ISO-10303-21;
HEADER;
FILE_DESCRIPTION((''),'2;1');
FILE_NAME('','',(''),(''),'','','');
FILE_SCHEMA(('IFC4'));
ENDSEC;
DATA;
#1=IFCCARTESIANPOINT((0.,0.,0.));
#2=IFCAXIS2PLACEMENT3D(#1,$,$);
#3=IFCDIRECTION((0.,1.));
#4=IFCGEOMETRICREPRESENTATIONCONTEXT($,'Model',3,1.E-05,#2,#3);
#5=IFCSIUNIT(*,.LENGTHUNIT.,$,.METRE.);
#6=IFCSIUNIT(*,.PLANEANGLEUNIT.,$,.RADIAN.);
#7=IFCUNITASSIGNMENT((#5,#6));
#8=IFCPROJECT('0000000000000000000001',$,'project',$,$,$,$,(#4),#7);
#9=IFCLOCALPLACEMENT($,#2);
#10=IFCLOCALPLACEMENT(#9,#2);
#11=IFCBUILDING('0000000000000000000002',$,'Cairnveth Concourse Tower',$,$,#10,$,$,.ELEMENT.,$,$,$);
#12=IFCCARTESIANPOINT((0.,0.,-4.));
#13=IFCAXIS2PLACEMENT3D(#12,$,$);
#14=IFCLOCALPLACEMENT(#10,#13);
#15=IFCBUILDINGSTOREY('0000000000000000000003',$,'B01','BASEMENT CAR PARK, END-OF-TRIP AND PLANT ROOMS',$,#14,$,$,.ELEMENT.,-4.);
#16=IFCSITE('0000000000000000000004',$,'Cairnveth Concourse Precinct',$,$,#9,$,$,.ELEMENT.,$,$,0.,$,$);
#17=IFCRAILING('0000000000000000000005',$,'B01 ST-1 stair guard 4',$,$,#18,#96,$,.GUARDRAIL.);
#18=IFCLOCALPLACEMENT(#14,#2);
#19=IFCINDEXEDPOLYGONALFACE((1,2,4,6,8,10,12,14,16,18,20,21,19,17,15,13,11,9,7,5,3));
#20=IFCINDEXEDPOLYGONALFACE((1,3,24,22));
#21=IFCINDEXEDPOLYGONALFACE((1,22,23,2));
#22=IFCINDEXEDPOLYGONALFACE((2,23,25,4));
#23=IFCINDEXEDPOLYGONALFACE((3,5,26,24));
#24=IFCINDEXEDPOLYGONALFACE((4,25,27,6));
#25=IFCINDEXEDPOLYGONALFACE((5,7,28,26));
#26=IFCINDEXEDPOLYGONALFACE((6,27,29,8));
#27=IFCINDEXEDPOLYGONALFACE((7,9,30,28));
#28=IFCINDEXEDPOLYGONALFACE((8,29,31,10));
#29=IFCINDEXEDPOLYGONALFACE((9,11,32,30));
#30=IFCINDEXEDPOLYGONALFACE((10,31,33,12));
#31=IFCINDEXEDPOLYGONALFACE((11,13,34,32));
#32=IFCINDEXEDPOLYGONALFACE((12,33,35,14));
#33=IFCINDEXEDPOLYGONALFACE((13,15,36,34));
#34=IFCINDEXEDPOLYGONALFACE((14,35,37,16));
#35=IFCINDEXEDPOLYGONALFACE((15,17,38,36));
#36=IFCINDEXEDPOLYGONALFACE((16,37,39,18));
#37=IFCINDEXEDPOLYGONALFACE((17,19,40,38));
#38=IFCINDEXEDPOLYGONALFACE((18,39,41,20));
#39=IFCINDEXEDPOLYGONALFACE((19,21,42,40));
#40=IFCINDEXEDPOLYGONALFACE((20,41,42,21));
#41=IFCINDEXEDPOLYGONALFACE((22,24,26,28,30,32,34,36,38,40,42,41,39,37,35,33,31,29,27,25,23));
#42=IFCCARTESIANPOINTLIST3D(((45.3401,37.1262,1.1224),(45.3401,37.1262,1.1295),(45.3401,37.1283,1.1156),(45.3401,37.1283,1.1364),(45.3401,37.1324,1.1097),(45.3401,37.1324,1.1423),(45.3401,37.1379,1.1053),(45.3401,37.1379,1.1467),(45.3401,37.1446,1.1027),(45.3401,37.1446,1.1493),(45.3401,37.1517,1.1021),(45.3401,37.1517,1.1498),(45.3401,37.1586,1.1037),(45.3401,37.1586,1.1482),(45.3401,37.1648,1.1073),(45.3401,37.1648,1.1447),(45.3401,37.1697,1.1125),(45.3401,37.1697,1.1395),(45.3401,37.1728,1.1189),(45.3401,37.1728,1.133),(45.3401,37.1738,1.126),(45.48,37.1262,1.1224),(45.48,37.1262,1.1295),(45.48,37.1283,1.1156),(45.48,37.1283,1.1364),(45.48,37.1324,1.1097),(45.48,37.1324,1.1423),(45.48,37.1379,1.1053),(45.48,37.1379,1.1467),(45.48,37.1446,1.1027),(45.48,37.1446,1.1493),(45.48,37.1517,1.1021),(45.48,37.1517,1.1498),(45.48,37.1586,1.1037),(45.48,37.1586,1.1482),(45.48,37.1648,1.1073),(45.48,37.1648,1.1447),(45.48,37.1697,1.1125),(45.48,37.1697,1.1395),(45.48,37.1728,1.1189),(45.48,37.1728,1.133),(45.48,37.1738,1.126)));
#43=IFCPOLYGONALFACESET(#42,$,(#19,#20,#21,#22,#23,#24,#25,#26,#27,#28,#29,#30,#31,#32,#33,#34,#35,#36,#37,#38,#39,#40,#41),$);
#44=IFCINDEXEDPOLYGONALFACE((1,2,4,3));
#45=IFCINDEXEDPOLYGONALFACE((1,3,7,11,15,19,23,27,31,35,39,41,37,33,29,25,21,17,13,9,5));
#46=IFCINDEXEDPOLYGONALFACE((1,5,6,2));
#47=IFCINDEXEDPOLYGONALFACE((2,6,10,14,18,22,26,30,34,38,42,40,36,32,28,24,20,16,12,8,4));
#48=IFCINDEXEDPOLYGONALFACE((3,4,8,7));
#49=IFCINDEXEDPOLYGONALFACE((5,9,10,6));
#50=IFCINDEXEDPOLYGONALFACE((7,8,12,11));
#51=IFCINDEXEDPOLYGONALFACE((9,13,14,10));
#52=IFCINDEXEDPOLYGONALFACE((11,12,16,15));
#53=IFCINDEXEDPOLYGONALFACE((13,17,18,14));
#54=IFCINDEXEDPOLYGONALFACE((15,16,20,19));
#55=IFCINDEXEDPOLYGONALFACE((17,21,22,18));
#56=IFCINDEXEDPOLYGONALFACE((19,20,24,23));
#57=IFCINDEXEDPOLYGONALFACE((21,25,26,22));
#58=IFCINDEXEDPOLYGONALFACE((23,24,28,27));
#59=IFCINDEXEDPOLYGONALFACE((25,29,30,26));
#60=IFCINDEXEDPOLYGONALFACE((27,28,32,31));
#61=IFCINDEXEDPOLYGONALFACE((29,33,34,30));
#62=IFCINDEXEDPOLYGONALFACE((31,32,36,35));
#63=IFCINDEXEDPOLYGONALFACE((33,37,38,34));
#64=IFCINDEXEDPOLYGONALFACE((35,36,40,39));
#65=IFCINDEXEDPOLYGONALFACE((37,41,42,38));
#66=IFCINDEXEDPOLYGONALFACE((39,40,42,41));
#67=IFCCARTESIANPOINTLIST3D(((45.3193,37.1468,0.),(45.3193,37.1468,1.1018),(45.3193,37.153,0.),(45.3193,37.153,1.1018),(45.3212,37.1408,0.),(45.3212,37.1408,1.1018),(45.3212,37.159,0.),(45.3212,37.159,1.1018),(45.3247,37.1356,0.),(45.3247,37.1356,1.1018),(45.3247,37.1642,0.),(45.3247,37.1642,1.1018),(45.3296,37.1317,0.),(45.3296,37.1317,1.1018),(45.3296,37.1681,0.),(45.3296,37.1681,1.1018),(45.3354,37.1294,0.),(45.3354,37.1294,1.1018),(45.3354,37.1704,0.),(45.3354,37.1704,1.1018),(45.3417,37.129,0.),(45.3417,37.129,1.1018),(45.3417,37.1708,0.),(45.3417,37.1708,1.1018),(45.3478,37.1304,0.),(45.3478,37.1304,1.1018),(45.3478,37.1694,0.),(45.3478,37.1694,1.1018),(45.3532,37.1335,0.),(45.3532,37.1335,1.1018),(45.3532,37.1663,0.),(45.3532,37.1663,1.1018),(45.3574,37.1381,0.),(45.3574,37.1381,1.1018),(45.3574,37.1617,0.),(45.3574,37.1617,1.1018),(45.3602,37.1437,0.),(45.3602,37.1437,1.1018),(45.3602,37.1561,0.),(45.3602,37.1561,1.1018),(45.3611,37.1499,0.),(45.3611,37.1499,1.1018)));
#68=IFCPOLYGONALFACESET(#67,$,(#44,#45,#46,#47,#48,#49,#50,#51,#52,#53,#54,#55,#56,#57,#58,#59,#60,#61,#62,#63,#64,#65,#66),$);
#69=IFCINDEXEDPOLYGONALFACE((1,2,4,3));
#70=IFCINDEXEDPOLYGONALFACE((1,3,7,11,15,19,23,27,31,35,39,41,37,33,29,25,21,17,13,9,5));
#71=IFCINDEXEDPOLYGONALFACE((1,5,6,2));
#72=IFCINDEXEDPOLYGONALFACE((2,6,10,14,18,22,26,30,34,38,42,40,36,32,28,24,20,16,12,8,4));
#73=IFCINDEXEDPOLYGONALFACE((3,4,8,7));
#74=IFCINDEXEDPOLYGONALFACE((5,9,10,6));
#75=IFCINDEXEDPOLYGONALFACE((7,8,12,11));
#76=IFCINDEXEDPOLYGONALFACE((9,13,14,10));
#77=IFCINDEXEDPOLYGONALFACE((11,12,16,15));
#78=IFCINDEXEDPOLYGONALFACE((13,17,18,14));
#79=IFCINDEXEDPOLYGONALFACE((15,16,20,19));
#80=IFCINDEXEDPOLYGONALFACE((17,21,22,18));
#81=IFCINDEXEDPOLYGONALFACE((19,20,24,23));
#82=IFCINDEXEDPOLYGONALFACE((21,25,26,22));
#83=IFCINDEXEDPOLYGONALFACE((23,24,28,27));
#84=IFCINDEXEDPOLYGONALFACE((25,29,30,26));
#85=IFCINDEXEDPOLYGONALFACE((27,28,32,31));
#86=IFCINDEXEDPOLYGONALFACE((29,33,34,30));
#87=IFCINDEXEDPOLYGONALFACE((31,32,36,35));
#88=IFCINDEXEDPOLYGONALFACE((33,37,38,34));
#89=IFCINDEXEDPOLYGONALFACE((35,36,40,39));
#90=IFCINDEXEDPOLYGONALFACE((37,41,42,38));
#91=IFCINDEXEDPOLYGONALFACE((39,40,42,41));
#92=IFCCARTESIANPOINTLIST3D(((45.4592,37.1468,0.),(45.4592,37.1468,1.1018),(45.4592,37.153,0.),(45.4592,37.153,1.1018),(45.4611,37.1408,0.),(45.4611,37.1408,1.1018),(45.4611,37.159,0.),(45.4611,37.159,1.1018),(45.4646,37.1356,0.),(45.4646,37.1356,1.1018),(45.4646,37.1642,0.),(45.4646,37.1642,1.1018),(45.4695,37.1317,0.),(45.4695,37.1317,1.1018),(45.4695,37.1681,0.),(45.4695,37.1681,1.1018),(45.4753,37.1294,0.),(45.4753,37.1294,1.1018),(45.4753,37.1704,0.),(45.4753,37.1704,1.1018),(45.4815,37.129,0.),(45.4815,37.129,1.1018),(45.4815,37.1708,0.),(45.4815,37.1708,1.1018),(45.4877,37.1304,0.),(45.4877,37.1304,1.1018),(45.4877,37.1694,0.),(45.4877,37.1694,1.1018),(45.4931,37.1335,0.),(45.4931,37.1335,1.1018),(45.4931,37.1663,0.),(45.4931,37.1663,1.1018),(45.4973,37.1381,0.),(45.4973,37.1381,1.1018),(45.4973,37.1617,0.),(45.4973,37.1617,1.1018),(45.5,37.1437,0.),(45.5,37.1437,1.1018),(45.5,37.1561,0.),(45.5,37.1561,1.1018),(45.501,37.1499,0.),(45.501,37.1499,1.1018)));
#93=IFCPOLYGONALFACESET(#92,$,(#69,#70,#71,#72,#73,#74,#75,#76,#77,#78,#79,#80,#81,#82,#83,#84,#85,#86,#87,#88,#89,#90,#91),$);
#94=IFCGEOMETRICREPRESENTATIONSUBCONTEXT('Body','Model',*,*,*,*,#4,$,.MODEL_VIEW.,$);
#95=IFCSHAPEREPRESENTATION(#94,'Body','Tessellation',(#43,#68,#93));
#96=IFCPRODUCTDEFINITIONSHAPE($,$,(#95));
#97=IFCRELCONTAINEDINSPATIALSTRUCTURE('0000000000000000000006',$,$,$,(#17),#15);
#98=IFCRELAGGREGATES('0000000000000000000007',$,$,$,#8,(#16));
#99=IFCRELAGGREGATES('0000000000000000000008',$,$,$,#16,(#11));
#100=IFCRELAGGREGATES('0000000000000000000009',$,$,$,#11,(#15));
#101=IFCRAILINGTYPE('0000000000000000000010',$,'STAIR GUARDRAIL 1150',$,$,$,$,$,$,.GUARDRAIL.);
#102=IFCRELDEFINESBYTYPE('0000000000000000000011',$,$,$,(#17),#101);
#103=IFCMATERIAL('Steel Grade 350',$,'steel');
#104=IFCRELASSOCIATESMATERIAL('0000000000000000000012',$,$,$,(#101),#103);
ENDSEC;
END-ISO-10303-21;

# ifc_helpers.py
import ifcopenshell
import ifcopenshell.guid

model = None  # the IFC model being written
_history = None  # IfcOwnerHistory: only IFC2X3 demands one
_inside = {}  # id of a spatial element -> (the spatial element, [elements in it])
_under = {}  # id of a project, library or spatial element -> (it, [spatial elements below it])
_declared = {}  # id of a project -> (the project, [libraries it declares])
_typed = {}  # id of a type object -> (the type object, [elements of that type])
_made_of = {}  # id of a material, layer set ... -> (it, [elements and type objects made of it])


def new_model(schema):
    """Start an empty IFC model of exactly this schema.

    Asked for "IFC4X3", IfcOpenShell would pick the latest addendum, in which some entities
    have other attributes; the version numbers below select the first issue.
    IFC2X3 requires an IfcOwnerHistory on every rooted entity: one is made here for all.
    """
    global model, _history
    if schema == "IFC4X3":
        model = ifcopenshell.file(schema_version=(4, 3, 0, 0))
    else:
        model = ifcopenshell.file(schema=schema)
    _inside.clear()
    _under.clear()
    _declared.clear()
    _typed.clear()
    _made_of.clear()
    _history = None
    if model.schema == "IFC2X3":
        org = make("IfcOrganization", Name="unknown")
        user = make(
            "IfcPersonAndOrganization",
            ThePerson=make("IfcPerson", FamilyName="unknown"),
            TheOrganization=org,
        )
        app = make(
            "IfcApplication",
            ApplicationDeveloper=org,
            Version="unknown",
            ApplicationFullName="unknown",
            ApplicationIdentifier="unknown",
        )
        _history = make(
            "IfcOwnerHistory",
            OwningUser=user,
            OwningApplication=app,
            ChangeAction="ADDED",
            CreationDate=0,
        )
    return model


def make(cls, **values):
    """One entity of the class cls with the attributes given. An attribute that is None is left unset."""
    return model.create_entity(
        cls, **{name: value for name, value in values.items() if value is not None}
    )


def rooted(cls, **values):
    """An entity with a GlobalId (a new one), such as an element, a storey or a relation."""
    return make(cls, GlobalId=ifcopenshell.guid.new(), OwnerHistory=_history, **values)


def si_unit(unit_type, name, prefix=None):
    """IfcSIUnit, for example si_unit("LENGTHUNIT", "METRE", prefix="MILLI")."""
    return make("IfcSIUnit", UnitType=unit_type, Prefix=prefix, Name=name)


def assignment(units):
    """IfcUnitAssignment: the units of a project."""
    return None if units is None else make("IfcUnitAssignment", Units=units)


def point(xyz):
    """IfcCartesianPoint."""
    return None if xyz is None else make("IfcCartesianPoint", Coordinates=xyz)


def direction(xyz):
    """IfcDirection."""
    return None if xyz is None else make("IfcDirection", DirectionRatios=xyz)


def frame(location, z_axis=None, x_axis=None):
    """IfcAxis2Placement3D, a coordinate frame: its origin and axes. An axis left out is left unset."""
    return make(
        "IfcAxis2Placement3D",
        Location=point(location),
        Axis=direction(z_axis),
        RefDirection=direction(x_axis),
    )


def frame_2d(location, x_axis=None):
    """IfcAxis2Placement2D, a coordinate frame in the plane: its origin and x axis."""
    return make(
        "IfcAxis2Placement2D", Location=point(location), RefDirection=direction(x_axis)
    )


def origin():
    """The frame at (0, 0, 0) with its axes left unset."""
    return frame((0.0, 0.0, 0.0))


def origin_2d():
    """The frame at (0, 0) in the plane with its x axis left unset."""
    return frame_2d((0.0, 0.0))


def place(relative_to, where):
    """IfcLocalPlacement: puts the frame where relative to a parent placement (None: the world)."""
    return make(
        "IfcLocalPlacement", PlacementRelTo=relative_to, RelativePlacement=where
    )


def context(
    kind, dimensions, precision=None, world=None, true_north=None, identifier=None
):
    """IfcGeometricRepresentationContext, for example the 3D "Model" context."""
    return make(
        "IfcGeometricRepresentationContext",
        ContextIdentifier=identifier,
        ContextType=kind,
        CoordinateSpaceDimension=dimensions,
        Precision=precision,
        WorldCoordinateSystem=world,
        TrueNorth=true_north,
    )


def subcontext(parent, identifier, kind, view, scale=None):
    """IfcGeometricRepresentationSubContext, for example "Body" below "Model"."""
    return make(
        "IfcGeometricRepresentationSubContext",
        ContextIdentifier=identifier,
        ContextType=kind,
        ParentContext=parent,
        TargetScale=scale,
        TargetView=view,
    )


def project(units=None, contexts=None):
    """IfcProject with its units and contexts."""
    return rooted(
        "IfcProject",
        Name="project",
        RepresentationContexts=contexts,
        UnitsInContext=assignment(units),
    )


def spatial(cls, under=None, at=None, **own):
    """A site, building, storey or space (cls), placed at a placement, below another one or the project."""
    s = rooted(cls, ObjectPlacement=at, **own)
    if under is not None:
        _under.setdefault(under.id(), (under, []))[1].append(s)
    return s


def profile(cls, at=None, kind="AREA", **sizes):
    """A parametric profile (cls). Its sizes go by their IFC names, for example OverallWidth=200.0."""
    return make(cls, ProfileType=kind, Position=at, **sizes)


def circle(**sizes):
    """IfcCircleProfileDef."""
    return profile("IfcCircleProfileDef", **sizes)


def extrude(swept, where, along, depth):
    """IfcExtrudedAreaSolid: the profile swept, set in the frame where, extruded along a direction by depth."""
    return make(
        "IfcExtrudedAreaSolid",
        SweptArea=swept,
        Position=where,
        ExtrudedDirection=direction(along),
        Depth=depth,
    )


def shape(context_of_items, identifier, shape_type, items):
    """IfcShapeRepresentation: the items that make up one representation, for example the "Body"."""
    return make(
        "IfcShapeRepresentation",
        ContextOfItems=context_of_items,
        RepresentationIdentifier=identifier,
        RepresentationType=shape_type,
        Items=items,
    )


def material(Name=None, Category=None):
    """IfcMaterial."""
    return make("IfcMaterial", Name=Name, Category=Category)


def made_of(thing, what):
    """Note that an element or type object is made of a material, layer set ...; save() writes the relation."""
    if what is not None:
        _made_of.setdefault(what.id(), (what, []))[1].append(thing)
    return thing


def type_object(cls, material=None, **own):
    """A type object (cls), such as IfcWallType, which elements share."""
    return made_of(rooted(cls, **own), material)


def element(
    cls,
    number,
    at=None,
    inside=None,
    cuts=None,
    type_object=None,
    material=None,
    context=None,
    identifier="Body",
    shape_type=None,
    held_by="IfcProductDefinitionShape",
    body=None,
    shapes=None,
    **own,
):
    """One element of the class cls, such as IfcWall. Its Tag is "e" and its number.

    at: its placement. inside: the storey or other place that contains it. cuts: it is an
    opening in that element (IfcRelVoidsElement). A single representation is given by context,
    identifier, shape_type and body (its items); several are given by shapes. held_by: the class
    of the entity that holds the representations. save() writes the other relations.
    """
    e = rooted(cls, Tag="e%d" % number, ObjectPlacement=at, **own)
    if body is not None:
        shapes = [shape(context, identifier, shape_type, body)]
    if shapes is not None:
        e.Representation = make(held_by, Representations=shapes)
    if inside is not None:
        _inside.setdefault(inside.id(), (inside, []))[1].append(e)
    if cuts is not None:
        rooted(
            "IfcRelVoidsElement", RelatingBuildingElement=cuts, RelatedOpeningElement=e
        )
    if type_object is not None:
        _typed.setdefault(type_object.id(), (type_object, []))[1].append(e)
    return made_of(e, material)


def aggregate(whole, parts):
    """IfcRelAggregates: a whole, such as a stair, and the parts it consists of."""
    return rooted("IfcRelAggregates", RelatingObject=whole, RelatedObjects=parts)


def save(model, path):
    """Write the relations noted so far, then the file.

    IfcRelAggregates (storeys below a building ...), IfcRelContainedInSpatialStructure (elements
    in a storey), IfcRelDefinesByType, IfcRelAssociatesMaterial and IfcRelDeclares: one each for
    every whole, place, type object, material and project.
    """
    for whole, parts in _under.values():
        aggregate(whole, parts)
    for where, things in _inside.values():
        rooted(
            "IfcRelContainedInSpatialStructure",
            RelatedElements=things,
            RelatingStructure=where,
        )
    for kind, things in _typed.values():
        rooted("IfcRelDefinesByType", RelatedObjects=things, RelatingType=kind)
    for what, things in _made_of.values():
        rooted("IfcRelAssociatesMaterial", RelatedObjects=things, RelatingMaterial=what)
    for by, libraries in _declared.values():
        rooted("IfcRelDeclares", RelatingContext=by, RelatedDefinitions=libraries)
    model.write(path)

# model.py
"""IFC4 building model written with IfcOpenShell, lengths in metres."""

from ifc_helpers import new_model, si_unit, direction, frame, origin, origin_2d, place, context, subcontext, project, spatial, circle, extrude, material, type_object, element, save


model = new_model("IFC4")

# Units and contexts
model_context = context("Model", 3, precision=1e-05, world=origin(), true_north=direction((0.0, 1.0)))
body_context = subcontext(model_context, "Body", "Model", "MODEL_VIEW")
ifc_project = project(units=[si_unit("LENGTHUNIT", "METRE"), si_unit("PLANEANGLEUNIT", "RADIAN")], contexts=[model_context])

# Site, building, storey
site_placement = place(None, origin())
site = spatial("IfcSite", under=ifc_project, at=site_placement, Name="Cairnveth Concourse Precinct", CompositionType="ELEMENT", RefElevation=0.0)
building_placement = place(site_placement, origin())
building = spatial("IfcBuilding", under=site, at=building_placement, Name="Cairnveth Concourse Tower", CompositionType="ELEMENT")
storey_placement = place(building_placement, frame((0.0, 0.0, -4.0)))
storey = spatial("IfcBuildingStorey", under=building, at=storey_placement, Name="B01", Description="BASEMENT CAR PARK, END-OF-TRIP AND PLANT ROOMS", CompositionType="ELEMENT", Elevation=-4.0)

# Shared definitions
ifc_material_1 = material(Name="Steel Grade 350", Category="steel")

# Railing
railing_type_1 = type_object("IfcRailingType", Name="STAIR GUARDRAIL 1150", PredefinedType="GUARDRAIL", material=ifc_material_1)
railing_1_placement = place(storey_placement, frame((45.3401, 37.1499, 0.0)))
element("IfcRailing", 1, at=railing_1_placement, inside=storey, type_object=railing_type_1, Name="B01 ST-1 stair guard 4", PredefinedType="GUARDRAIL", context=body_context, shape_type="SweptSolid", body=[
    extrude(circle(Radius=0.0239, at=origin_2d()), frame((0.0, 0.0, 1.126), z_axis=(1.0, 0.0, 0.0), x_axis=(0.0, 1.0, 0.0)), (0.0, 0.0, 1.0), 0.1399),
    extrude(circle(Radius=0.021, at=origin_2d()), origin(), (0.0, 0.0, 1.0), 1.1018),
    extrude(circle(Radius=0.021, at=origin_2d()), frame((0.1399, 0.0, 0.0)), (0.0, 0.0, 1.0), 1.1018),
])

save(model, "model.ifc")
